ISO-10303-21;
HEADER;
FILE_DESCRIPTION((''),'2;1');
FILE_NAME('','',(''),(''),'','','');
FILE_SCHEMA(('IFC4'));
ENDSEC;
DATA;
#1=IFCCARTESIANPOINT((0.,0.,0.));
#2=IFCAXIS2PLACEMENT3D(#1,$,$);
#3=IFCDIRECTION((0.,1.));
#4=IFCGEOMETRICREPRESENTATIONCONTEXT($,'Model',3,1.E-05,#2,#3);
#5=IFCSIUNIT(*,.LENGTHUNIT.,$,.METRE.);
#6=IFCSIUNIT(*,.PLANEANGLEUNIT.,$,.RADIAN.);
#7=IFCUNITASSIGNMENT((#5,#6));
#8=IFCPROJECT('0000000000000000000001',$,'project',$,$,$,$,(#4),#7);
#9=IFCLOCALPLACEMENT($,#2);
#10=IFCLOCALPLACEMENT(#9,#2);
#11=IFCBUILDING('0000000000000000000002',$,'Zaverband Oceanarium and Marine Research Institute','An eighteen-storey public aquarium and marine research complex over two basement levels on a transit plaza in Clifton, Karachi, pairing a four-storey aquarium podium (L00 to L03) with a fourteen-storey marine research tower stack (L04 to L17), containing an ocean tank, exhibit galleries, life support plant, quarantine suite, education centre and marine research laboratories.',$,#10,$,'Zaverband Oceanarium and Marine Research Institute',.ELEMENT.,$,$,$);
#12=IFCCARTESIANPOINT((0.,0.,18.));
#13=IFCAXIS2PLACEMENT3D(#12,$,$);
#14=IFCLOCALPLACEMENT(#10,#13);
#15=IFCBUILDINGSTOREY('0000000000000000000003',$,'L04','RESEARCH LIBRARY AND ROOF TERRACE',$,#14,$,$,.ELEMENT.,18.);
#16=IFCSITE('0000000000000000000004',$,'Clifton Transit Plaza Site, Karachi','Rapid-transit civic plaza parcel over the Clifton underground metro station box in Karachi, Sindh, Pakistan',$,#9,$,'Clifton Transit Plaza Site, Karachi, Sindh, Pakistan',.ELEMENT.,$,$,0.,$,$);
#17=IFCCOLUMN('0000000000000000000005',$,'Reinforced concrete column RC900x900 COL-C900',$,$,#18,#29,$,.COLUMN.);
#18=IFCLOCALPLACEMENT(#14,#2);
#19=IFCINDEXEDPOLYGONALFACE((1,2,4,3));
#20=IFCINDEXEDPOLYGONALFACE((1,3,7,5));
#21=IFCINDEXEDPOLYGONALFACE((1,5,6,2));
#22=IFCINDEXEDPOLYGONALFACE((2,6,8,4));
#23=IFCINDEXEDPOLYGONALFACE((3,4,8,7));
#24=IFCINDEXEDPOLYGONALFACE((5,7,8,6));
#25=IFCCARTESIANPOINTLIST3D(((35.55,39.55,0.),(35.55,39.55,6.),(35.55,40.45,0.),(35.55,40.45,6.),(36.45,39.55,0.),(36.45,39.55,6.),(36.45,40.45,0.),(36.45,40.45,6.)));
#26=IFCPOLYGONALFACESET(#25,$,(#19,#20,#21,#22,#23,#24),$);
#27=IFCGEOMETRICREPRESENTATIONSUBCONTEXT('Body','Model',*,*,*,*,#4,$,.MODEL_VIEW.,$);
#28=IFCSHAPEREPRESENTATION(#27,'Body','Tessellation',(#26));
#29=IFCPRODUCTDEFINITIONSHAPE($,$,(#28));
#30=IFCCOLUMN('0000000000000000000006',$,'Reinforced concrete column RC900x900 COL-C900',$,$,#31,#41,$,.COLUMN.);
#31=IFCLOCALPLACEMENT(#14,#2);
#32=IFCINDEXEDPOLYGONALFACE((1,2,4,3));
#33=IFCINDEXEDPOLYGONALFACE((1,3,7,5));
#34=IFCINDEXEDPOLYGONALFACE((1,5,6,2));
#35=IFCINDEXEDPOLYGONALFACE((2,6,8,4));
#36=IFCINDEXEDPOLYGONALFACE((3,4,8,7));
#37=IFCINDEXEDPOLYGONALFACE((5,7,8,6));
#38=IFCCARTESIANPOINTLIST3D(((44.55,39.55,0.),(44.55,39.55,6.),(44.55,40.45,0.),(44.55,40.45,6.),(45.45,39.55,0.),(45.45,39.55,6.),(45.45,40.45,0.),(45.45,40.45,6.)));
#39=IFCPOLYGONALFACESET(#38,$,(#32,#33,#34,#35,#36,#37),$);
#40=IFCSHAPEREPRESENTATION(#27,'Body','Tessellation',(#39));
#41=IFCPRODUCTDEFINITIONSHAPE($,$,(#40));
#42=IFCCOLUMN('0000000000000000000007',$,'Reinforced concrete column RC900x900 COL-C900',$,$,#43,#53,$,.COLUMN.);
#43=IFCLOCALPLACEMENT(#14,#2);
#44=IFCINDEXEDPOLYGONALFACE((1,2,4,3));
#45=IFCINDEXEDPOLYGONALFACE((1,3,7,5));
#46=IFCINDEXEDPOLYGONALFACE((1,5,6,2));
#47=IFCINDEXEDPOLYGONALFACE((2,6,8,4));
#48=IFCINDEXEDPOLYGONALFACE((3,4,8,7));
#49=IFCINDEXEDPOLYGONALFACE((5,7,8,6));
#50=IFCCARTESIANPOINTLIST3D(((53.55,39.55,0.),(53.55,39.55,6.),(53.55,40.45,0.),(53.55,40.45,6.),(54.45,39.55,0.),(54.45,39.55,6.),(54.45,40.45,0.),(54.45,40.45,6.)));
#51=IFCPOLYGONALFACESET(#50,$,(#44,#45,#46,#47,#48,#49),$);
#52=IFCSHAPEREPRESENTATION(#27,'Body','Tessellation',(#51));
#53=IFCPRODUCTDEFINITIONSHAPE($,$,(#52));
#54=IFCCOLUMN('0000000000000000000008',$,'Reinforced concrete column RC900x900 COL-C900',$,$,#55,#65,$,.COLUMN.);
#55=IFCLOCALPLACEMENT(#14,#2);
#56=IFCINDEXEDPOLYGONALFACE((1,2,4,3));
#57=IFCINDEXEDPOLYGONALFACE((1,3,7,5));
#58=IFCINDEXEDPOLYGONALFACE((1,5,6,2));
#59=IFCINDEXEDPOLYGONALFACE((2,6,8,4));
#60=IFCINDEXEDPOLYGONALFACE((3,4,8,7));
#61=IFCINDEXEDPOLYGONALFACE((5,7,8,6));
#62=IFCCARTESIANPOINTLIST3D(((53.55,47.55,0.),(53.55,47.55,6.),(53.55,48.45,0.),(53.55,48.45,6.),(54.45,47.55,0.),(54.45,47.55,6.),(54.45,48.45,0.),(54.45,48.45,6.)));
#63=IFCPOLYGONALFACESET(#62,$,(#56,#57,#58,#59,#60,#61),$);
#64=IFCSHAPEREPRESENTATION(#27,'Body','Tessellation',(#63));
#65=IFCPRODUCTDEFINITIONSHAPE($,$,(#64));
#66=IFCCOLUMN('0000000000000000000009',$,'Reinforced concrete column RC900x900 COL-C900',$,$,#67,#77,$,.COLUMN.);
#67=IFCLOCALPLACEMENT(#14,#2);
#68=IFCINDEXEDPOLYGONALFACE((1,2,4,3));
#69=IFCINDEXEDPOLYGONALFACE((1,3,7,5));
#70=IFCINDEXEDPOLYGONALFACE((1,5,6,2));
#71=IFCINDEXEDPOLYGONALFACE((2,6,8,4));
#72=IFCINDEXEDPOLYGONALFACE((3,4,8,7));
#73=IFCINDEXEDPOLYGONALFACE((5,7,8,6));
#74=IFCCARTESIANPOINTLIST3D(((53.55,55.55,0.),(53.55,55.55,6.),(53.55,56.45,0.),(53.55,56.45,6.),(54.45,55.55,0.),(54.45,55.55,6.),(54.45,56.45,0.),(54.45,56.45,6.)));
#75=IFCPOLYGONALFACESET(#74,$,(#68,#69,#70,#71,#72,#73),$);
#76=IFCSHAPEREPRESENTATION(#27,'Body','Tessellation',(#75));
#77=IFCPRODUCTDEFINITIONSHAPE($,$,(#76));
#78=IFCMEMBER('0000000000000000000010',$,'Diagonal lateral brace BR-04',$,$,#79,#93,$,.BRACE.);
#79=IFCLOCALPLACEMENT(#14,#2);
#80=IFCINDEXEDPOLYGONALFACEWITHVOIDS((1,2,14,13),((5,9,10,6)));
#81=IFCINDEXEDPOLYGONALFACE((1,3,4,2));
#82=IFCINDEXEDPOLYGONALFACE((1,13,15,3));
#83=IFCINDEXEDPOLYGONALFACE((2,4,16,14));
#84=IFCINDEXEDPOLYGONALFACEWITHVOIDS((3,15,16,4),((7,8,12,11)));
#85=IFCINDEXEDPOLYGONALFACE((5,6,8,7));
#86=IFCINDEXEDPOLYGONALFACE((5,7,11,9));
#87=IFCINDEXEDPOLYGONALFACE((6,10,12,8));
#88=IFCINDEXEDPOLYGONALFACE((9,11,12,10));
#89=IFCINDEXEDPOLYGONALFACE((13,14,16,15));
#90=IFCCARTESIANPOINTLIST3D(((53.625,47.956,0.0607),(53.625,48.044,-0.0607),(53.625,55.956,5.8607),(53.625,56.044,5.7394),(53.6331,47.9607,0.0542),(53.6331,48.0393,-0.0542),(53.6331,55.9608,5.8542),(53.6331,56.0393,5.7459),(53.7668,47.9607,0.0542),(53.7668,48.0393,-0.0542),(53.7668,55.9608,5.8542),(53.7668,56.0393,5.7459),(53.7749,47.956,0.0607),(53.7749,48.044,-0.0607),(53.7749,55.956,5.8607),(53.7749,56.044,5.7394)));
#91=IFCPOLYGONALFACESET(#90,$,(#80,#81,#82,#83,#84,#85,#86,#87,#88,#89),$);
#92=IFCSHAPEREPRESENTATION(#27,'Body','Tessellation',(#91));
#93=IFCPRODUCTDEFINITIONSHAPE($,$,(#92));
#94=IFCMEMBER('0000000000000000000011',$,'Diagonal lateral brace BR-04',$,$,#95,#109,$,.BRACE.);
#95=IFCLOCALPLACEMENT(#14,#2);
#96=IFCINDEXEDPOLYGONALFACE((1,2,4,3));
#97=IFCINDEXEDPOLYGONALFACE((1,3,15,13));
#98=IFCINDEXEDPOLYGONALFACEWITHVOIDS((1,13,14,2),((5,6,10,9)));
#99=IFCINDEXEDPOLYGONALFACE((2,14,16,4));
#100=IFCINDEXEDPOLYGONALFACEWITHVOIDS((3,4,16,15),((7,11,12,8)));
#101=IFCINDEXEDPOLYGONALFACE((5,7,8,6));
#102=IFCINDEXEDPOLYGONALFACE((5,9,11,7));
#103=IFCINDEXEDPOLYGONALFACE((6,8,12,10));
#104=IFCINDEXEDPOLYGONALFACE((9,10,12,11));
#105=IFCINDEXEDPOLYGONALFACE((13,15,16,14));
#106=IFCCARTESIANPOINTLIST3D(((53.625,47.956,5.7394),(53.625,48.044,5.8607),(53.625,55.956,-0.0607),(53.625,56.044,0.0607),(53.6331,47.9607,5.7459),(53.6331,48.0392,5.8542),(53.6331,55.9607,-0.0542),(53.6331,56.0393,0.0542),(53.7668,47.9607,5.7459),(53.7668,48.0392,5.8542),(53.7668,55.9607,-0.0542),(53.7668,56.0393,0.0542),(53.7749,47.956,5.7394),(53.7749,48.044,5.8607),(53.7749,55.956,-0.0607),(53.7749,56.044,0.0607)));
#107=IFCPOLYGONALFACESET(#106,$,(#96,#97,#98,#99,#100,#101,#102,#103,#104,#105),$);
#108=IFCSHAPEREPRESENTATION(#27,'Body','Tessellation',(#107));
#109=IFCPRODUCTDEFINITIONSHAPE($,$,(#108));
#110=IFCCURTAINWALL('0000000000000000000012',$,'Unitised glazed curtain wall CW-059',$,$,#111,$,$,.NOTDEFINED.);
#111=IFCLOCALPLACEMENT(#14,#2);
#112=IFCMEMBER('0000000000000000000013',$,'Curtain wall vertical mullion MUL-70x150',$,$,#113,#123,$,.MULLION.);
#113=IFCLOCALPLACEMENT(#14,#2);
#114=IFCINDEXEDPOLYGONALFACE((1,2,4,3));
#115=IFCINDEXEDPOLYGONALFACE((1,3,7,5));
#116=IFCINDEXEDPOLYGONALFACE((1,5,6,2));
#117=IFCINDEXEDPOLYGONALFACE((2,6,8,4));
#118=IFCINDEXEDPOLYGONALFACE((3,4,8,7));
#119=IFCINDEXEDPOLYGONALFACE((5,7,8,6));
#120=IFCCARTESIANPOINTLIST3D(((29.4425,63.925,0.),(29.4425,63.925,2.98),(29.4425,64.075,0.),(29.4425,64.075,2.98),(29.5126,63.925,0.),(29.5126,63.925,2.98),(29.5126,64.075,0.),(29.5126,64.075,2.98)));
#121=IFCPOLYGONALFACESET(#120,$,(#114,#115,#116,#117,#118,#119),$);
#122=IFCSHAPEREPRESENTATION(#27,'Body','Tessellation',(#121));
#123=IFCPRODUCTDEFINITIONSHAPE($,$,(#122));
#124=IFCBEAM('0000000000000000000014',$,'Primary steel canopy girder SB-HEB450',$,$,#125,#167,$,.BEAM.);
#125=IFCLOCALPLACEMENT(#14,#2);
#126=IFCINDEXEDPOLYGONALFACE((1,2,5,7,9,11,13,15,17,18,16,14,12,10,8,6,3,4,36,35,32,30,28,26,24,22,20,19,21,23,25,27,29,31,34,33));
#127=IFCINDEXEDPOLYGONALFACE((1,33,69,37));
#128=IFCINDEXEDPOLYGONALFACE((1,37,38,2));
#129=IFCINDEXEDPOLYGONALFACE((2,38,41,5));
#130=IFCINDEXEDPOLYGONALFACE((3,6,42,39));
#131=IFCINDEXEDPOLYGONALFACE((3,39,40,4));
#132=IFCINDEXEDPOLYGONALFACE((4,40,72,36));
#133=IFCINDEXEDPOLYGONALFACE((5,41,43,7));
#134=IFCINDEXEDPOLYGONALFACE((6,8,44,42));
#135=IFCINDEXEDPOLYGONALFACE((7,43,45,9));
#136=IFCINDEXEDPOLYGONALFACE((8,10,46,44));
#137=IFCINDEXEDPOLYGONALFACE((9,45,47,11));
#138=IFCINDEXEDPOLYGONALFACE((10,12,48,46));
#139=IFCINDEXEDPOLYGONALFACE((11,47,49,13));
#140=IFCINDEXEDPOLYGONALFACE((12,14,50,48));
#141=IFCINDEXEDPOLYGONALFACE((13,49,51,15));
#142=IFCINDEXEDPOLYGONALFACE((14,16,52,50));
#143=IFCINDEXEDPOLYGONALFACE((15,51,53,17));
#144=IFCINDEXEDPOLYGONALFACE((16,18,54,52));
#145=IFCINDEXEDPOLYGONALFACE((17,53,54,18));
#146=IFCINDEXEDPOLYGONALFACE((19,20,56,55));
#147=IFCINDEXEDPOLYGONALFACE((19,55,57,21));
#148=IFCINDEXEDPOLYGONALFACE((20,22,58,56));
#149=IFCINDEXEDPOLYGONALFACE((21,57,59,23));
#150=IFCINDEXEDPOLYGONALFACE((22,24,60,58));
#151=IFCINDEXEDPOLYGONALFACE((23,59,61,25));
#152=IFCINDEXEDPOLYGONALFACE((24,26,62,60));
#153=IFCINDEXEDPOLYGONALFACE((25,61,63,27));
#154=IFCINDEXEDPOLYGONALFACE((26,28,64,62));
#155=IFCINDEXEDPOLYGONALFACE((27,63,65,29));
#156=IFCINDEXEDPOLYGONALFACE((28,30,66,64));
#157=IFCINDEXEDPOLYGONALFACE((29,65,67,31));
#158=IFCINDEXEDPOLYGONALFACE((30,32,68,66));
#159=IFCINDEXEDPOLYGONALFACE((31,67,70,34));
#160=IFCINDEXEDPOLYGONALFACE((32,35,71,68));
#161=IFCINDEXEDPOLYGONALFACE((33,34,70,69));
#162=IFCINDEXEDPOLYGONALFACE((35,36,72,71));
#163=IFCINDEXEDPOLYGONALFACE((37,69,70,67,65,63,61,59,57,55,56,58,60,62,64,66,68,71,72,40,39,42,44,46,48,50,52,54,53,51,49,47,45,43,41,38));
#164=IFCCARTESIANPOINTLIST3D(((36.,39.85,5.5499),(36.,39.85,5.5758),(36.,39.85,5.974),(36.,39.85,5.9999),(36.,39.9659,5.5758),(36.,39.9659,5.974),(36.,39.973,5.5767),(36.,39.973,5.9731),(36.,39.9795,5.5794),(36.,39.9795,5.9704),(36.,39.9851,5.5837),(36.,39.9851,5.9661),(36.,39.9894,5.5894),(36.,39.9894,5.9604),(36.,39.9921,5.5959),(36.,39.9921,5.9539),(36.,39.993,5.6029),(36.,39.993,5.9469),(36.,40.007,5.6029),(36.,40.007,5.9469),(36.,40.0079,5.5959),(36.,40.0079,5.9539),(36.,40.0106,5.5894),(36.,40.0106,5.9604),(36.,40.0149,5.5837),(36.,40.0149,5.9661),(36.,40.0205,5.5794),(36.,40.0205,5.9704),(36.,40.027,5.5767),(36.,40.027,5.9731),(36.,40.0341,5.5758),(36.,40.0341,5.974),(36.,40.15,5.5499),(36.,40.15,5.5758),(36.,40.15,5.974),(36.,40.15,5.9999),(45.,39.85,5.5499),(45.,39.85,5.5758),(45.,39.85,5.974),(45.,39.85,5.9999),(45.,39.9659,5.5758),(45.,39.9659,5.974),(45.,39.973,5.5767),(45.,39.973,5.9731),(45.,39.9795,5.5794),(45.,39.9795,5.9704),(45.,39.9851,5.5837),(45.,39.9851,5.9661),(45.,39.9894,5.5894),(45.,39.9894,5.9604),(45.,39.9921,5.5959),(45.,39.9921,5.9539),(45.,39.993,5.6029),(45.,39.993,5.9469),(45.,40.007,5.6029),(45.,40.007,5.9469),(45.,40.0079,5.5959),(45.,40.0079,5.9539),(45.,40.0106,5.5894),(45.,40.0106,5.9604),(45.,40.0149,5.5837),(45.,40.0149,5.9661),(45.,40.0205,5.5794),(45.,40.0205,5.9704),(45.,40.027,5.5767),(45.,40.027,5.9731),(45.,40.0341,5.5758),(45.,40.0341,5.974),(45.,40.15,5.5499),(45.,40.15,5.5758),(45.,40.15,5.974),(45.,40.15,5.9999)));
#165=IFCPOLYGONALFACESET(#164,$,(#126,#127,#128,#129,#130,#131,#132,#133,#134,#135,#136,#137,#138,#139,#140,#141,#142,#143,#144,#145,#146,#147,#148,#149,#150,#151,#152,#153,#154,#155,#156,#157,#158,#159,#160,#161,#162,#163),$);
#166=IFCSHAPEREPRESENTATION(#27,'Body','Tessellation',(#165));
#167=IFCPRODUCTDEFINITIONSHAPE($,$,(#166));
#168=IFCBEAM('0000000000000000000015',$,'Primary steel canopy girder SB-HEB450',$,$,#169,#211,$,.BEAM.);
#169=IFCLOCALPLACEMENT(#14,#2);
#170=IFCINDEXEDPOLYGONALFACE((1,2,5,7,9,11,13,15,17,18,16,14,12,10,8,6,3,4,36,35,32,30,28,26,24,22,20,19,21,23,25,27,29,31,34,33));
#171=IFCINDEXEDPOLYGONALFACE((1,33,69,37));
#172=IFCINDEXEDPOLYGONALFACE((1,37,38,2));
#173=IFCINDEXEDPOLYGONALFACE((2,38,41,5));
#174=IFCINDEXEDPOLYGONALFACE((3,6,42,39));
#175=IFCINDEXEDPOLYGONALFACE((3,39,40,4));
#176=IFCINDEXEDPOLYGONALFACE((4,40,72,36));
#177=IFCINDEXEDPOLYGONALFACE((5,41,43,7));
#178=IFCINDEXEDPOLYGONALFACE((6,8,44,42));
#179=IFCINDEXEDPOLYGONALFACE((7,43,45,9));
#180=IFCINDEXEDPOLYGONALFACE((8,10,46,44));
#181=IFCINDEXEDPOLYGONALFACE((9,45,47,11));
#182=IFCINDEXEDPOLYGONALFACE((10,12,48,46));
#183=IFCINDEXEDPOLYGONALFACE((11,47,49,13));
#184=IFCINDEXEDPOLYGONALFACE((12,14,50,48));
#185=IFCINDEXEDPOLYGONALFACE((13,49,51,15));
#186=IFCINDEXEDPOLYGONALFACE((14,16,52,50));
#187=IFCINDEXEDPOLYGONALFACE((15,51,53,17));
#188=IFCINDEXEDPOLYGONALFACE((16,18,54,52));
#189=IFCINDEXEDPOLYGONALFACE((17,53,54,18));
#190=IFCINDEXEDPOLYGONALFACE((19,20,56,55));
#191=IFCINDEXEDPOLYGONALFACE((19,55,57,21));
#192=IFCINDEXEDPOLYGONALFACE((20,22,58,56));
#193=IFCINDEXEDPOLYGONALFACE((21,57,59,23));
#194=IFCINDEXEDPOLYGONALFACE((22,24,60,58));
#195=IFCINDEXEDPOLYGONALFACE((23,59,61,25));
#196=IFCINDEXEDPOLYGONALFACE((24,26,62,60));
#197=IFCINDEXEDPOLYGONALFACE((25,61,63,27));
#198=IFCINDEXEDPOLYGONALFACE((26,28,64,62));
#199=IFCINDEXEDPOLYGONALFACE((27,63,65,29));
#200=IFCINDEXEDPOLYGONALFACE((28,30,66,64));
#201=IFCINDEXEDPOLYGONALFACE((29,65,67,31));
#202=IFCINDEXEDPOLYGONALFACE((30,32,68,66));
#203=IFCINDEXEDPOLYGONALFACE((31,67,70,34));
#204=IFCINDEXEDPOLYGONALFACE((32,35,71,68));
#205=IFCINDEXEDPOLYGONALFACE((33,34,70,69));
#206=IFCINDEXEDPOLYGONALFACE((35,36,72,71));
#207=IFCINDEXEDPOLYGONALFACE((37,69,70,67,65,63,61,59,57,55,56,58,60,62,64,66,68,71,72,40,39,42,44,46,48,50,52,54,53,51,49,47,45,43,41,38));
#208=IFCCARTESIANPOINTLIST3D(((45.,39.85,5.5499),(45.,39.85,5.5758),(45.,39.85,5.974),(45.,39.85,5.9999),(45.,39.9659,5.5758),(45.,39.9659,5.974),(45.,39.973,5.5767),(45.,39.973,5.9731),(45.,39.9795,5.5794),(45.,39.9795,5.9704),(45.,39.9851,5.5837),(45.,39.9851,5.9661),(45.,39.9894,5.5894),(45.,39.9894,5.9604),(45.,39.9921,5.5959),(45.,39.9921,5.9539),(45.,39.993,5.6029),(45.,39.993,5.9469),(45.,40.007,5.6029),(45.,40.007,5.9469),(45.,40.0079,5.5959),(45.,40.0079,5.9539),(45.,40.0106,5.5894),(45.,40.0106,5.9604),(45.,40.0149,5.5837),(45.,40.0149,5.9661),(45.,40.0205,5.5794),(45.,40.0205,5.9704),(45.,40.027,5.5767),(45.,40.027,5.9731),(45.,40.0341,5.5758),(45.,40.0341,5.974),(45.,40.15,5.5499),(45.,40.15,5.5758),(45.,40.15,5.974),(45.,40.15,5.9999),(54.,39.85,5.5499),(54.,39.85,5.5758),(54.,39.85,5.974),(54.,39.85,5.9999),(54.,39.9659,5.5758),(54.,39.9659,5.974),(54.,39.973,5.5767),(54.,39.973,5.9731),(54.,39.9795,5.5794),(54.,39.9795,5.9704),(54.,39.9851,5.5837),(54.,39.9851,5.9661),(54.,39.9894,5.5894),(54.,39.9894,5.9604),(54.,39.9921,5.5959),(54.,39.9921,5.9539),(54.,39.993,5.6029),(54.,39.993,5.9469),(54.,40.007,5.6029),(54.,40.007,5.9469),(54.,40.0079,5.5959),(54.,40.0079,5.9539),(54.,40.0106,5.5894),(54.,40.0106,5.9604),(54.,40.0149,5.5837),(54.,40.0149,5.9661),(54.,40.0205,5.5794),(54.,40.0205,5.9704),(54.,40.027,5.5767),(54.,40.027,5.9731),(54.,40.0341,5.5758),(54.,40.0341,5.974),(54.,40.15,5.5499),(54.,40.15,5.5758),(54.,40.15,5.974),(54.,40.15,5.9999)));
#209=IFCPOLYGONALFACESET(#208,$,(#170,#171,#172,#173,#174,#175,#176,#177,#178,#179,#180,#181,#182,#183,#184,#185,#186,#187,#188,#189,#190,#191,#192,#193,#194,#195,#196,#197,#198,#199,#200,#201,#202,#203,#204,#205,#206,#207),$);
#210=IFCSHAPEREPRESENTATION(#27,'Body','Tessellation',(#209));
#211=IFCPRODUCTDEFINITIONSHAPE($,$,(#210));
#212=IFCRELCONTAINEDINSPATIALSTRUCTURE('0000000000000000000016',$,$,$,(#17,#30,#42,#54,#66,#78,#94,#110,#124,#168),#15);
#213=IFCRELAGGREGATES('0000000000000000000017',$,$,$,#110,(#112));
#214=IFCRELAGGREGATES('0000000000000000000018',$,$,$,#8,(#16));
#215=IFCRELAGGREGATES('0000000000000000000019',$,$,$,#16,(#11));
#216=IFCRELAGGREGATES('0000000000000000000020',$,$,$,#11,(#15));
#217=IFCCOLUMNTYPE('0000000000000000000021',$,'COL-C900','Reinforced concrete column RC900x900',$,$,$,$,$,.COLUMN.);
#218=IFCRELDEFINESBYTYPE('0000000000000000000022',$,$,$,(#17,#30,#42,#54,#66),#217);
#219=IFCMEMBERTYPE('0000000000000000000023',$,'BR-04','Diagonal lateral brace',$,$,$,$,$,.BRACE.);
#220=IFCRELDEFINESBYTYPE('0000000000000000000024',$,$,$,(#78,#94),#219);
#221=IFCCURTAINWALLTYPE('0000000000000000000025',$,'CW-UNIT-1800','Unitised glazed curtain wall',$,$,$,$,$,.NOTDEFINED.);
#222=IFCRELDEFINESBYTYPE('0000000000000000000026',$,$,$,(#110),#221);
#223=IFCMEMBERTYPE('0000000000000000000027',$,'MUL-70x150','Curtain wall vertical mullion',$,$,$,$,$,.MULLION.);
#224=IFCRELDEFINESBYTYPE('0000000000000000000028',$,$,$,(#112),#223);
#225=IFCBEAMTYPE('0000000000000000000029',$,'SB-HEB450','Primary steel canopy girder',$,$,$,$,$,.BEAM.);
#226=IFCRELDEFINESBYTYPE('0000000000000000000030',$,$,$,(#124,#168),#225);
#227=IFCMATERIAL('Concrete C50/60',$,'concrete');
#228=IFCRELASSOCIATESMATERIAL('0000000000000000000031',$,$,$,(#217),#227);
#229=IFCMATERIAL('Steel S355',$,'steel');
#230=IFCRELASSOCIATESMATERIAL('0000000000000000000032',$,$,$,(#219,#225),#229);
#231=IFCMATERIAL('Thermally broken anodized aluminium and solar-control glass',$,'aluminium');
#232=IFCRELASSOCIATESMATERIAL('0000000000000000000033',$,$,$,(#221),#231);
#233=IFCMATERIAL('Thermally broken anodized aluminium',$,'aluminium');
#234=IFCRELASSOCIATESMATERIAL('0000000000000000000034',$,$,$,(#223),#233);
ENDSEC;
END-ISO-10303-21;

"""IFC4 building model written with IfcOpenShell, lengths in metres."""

from ifc_helpers import new_model, si_unit, direction, frame, origin, origin_2d, place, context, subcontext, project, spatial, rectangle, hollow_rectangle, i_section, extrude, material, material_profile, profile_set, type_object, element, aggregate, save


model = new_model("IFC4")

# Units and contexts
model_context = context("Model", 3, precision=1e-05, world=origin(), true_north=direction((0.0, 1.0)))
body_context = subcontext(model_context, "Body", "Model", "MODEL_VIEW")
ifc_project = project(units=[si_unit("LENGTHUNIT", "METRE"), si_unit("PLANEANGLEUNIT", "RADIAN")], contexts=[model_context])

# Site, building, storey
site_placement = place(None, origin())
site = spatial("IfcSite", under=ifc_project, at=site_placement, Name="Clifton Transit Plaza Site, Karachi", Description="Rapid-transit civic plaza parcel over the Clifton underground metro station box in Karachi, Sindh, Pakistan", LongName="Clifton Transit Plaza Site, Karachi, Sindh, Pakistan", CompositionType="ELEMENT", RefElevation=0.0)
building_placement = place(site_placement, origin())
building = spatial("IfcBuilding", under=site, at=building_placement, Name="Zaverband Oceanarium and Marine Research Institute", Description="An eighteen-storey public aquarium and marine research complex over two basement levels on a transit plaza in Clifton, Karachi, pairing a four-storey aquarium podium (L00 to L03) with a fourteen-storey marine research tower stack (L04 to L17), containing an ocean tank, exhibit galleries, life support plant, quarantine suite, education centre and marine research laboratories.", LongName="Zaverband Oceanarium and Marine Research Institute", CompositionType="ELEMENT")
storey_placement = place(building_placement, frame((0.0, 0.0, 18.0)))
storey = spatial("IfcBuildingStorey", under=building, at=storey_placement, Name="L04", Description="RESEARCH LIBRARY AND ROOF TERRACE", CompositionType="ELEMENT", Elevation=18.0)

# Columns
ifc_material_1 = material(Name="Concrete C50/60", Category="concrete")
ifc_material_profile_1 = material_profile(ifc_material_1, rectangle(XDim=0.8999, YDim=0.8999, at=origin_2d()), Name="RC900x900")
ifc_profile_set_1 = profile_set([ifc_material_profile_1], Name="Concrete C50/60")
column_type = type_object("IfcColumnType", Name="COL-C900", Description="Reinforced concrete column RC900x900", PredefinedType="COLUMN", material=ifc_profile_set_1)
for number, where, z_axis, x_axis, name in (
    (1, (36.0, 40.0, 0.0), (0.0, 0.0, 1.0), (1.0, 0.0, 0.0), "Reinforced concrete column RC900x900 COL-C900"),
    (2, (45.0, 40.0, 0.0), (0.0, 0.0, 1.0), (1.0, 0.0, 0.0), "Reinforced concrete column RC900x900 COL-C900"),
    (3, (54.0, 40.0, 0.0), (0.0, 0.0, 1.0), (1.0, 0.0, 0.0), "Reinforced concrete column RC900x900 COL-C900"),
    (4, (54.0, 48.0, 0.0), (0.0, 0.0, 1.0), (1.0, 0.0, 0.0), "Reinforced concrete column RC900x900 COL-C900"),
    (5, (54.0, 56.0, 0.0), (0.0, 0.0, 1.0), (1.0, 0.0, 0.0), "Reinforced concrete column RC900x900 COL-C900"),
):
    element("IfcColumn", number, at=place(storey_placement, frame(where, z_axis=z_axis, x_axis=x_axis)), inside=storey, type_object=column_type, Name=name, PredefinedType="COLUMN", context=body_context, shape_type="SweptSolid", body=[
        extrude(rectangle(XDim=0.8999, YDim=0.8999, at=origin_2d()), origin(), (0.0, 0.0, 1.0), 6.0),
    ])

# Members
ifc_material_2 = material(Name="Steel S355", Category="steel")
ifc_material_profile_2 = material_profile(ifc_material_2, hollow_rectangle(XDim=0.1499, YDim=0.1499, WallThickness=0.0081, at=origin_2d()), Name="SHS150x150x8")
ifc_profile_set_2 = profile_set([ifc_material_profile_2], Name="Steel S355")
member_type_1 = type_object("IfcMemberType", Name="BR-04", Description="Diagonal lateral brace", PredefinedType="BRACE", material=ifc_profile_set_2)
for number, where, z_axis, x_axis, name in (
    (6, (53.7, 48.0, 0.0), (0.0, 0.809608, 0.586971), (-1.0, 0.0, 0.0), "Diagonal lateral brace BR-04"),
    (7, (53.7, 56.0, 0.0), (0.0, -0.809608, 0.586971), (1.0, 0.0, 0.0), "Diagonal lateral brace BR-04"),
):
    element("IfcMember", number, at=place(storey_placement, frame(where, z_axis=z_axis, x_axis=x_axis)), inside=storey, type_object=member_type_1, Name=name, PredefinedType="BRACE", context=body_context, shape_type="SweptSolid", body=[
        extrude(hollow_rectangle(XDim=0.1499, YDim=0.1499, WallThickness=0.0081, at=origin_2d()), origin(), (0.0, 0.0, 1.0), 9.8813),
    ])

# Curtain wall, member
ifc_material_3 = material(Name="Thermally broken anodized aluminium and solar-control glass", Category="aluminium")
curtain_wall_type = type_object("IfcCurtainWallType", Name="CW-UNIT-1800", Description="Unitised glazed curtain wall", PredefinedType="NOTDEFINED", material=ifc_material_3)
curtain_wall_placement = place(storey_placement, origin())
curtain_wall = element("IfcCurtainWall", 8, at=curtain_wall_placement, inside=storey, type_object=curtain_wall_type, Name="Unitised glazed curtain wall CW-059", PredefinedType="NOTDEFINED")
ifc_material_4 = material(Name="Thermally broken anodized aluminium", Category="aluminium")
ifc_material_profile_3 = material_profile(ifc_material_4, rectangle(XDim=0.0701, YDim=0.1499, at=origin_2d()), Name="AL-MUL-70x150")
ifc_profile_set_3 = profile_set([ifc_material_profile_3], Name="Thermally broken anodized aluminium")
member_type_2 = type_object("IfcMemberType", Name="MUL-70x150", Description="Curtain wall vertical mullion", PredefinedType="MULLION", material=ifc_profile_set_3)
member_1_placement = place(storey_placement, frame((29.4775, 64.0, 0.0), z_axis=(0.0, 0.0, 1.0), x_axis=(1.0, 0.0, 0.0)))
member_1 = element("IfcMember", 9, at=member_1_placement, type_object=member_type_2, Name="Curtain wall vertical mullion MUL-70x150", PredefinedType="MULLION", context=body_context, shape_type="SweptSolid", body=[
    extrude(rectangle(XDim=0.0701, YDim=0.1499, at=origin_2d()), origin(), (0.0, 0.0, 1.0), 2.98),
])

# Beams
ifc_material_profile_4 = material_profile(ifc_material_2, i_section(OverallWidth=0.3, OverallDepth=0.45, WebThickness=0.0139, FlangeThickness=0.0259, FilletRadius=0.0271, at=origin_2d()), Name="HEB450")
ifc_profile_set_4 = profile_set([ifc_material_profile_4], Name="Steel S355")
beam_type_1 = type_object("IfcBeamType", Name="SB-HEB450", Description="Primary steel canopy girder", PredefinedType="BEAM", material=ifc_profile_set_4)
for number, where, z_axis, x_axis, name in (
    (10, (36.0, 40.0, 5.7749), (1.0, 0.0, 0.0), (0.0, 1.0, 0.0), "Primary steel canopy girder SB-HEB450"),
    (11, (45.0, 40.0, 5.7749), (1.0, 0.0, 0.0), (0.0, 1.0, 0.0), "Primary steel canopy girder SB-HEB450"),
):
    element("IfcBeam", number, at=place(storey_placement, frame(where, z_axis=z_axis, x_axis=x_axis)), inside=storey, type_object=beam_type_1, Name=name, PredefinedType="BEAM", context=body_context, shape_type="SweptSolid", body=[
        extrude(i_section(OverallWidth=0.3, OverallDepth=0.45, WebThickness=0.0139, FlangeThickness=0.0259, FilletRadius=0.0271, at=origin_2d()), origin(), (0.0, 0.0, 1.0), 9.0),
    ])

aggregate(curtain_wall, [member_1])

save(model, "model.ifc")
